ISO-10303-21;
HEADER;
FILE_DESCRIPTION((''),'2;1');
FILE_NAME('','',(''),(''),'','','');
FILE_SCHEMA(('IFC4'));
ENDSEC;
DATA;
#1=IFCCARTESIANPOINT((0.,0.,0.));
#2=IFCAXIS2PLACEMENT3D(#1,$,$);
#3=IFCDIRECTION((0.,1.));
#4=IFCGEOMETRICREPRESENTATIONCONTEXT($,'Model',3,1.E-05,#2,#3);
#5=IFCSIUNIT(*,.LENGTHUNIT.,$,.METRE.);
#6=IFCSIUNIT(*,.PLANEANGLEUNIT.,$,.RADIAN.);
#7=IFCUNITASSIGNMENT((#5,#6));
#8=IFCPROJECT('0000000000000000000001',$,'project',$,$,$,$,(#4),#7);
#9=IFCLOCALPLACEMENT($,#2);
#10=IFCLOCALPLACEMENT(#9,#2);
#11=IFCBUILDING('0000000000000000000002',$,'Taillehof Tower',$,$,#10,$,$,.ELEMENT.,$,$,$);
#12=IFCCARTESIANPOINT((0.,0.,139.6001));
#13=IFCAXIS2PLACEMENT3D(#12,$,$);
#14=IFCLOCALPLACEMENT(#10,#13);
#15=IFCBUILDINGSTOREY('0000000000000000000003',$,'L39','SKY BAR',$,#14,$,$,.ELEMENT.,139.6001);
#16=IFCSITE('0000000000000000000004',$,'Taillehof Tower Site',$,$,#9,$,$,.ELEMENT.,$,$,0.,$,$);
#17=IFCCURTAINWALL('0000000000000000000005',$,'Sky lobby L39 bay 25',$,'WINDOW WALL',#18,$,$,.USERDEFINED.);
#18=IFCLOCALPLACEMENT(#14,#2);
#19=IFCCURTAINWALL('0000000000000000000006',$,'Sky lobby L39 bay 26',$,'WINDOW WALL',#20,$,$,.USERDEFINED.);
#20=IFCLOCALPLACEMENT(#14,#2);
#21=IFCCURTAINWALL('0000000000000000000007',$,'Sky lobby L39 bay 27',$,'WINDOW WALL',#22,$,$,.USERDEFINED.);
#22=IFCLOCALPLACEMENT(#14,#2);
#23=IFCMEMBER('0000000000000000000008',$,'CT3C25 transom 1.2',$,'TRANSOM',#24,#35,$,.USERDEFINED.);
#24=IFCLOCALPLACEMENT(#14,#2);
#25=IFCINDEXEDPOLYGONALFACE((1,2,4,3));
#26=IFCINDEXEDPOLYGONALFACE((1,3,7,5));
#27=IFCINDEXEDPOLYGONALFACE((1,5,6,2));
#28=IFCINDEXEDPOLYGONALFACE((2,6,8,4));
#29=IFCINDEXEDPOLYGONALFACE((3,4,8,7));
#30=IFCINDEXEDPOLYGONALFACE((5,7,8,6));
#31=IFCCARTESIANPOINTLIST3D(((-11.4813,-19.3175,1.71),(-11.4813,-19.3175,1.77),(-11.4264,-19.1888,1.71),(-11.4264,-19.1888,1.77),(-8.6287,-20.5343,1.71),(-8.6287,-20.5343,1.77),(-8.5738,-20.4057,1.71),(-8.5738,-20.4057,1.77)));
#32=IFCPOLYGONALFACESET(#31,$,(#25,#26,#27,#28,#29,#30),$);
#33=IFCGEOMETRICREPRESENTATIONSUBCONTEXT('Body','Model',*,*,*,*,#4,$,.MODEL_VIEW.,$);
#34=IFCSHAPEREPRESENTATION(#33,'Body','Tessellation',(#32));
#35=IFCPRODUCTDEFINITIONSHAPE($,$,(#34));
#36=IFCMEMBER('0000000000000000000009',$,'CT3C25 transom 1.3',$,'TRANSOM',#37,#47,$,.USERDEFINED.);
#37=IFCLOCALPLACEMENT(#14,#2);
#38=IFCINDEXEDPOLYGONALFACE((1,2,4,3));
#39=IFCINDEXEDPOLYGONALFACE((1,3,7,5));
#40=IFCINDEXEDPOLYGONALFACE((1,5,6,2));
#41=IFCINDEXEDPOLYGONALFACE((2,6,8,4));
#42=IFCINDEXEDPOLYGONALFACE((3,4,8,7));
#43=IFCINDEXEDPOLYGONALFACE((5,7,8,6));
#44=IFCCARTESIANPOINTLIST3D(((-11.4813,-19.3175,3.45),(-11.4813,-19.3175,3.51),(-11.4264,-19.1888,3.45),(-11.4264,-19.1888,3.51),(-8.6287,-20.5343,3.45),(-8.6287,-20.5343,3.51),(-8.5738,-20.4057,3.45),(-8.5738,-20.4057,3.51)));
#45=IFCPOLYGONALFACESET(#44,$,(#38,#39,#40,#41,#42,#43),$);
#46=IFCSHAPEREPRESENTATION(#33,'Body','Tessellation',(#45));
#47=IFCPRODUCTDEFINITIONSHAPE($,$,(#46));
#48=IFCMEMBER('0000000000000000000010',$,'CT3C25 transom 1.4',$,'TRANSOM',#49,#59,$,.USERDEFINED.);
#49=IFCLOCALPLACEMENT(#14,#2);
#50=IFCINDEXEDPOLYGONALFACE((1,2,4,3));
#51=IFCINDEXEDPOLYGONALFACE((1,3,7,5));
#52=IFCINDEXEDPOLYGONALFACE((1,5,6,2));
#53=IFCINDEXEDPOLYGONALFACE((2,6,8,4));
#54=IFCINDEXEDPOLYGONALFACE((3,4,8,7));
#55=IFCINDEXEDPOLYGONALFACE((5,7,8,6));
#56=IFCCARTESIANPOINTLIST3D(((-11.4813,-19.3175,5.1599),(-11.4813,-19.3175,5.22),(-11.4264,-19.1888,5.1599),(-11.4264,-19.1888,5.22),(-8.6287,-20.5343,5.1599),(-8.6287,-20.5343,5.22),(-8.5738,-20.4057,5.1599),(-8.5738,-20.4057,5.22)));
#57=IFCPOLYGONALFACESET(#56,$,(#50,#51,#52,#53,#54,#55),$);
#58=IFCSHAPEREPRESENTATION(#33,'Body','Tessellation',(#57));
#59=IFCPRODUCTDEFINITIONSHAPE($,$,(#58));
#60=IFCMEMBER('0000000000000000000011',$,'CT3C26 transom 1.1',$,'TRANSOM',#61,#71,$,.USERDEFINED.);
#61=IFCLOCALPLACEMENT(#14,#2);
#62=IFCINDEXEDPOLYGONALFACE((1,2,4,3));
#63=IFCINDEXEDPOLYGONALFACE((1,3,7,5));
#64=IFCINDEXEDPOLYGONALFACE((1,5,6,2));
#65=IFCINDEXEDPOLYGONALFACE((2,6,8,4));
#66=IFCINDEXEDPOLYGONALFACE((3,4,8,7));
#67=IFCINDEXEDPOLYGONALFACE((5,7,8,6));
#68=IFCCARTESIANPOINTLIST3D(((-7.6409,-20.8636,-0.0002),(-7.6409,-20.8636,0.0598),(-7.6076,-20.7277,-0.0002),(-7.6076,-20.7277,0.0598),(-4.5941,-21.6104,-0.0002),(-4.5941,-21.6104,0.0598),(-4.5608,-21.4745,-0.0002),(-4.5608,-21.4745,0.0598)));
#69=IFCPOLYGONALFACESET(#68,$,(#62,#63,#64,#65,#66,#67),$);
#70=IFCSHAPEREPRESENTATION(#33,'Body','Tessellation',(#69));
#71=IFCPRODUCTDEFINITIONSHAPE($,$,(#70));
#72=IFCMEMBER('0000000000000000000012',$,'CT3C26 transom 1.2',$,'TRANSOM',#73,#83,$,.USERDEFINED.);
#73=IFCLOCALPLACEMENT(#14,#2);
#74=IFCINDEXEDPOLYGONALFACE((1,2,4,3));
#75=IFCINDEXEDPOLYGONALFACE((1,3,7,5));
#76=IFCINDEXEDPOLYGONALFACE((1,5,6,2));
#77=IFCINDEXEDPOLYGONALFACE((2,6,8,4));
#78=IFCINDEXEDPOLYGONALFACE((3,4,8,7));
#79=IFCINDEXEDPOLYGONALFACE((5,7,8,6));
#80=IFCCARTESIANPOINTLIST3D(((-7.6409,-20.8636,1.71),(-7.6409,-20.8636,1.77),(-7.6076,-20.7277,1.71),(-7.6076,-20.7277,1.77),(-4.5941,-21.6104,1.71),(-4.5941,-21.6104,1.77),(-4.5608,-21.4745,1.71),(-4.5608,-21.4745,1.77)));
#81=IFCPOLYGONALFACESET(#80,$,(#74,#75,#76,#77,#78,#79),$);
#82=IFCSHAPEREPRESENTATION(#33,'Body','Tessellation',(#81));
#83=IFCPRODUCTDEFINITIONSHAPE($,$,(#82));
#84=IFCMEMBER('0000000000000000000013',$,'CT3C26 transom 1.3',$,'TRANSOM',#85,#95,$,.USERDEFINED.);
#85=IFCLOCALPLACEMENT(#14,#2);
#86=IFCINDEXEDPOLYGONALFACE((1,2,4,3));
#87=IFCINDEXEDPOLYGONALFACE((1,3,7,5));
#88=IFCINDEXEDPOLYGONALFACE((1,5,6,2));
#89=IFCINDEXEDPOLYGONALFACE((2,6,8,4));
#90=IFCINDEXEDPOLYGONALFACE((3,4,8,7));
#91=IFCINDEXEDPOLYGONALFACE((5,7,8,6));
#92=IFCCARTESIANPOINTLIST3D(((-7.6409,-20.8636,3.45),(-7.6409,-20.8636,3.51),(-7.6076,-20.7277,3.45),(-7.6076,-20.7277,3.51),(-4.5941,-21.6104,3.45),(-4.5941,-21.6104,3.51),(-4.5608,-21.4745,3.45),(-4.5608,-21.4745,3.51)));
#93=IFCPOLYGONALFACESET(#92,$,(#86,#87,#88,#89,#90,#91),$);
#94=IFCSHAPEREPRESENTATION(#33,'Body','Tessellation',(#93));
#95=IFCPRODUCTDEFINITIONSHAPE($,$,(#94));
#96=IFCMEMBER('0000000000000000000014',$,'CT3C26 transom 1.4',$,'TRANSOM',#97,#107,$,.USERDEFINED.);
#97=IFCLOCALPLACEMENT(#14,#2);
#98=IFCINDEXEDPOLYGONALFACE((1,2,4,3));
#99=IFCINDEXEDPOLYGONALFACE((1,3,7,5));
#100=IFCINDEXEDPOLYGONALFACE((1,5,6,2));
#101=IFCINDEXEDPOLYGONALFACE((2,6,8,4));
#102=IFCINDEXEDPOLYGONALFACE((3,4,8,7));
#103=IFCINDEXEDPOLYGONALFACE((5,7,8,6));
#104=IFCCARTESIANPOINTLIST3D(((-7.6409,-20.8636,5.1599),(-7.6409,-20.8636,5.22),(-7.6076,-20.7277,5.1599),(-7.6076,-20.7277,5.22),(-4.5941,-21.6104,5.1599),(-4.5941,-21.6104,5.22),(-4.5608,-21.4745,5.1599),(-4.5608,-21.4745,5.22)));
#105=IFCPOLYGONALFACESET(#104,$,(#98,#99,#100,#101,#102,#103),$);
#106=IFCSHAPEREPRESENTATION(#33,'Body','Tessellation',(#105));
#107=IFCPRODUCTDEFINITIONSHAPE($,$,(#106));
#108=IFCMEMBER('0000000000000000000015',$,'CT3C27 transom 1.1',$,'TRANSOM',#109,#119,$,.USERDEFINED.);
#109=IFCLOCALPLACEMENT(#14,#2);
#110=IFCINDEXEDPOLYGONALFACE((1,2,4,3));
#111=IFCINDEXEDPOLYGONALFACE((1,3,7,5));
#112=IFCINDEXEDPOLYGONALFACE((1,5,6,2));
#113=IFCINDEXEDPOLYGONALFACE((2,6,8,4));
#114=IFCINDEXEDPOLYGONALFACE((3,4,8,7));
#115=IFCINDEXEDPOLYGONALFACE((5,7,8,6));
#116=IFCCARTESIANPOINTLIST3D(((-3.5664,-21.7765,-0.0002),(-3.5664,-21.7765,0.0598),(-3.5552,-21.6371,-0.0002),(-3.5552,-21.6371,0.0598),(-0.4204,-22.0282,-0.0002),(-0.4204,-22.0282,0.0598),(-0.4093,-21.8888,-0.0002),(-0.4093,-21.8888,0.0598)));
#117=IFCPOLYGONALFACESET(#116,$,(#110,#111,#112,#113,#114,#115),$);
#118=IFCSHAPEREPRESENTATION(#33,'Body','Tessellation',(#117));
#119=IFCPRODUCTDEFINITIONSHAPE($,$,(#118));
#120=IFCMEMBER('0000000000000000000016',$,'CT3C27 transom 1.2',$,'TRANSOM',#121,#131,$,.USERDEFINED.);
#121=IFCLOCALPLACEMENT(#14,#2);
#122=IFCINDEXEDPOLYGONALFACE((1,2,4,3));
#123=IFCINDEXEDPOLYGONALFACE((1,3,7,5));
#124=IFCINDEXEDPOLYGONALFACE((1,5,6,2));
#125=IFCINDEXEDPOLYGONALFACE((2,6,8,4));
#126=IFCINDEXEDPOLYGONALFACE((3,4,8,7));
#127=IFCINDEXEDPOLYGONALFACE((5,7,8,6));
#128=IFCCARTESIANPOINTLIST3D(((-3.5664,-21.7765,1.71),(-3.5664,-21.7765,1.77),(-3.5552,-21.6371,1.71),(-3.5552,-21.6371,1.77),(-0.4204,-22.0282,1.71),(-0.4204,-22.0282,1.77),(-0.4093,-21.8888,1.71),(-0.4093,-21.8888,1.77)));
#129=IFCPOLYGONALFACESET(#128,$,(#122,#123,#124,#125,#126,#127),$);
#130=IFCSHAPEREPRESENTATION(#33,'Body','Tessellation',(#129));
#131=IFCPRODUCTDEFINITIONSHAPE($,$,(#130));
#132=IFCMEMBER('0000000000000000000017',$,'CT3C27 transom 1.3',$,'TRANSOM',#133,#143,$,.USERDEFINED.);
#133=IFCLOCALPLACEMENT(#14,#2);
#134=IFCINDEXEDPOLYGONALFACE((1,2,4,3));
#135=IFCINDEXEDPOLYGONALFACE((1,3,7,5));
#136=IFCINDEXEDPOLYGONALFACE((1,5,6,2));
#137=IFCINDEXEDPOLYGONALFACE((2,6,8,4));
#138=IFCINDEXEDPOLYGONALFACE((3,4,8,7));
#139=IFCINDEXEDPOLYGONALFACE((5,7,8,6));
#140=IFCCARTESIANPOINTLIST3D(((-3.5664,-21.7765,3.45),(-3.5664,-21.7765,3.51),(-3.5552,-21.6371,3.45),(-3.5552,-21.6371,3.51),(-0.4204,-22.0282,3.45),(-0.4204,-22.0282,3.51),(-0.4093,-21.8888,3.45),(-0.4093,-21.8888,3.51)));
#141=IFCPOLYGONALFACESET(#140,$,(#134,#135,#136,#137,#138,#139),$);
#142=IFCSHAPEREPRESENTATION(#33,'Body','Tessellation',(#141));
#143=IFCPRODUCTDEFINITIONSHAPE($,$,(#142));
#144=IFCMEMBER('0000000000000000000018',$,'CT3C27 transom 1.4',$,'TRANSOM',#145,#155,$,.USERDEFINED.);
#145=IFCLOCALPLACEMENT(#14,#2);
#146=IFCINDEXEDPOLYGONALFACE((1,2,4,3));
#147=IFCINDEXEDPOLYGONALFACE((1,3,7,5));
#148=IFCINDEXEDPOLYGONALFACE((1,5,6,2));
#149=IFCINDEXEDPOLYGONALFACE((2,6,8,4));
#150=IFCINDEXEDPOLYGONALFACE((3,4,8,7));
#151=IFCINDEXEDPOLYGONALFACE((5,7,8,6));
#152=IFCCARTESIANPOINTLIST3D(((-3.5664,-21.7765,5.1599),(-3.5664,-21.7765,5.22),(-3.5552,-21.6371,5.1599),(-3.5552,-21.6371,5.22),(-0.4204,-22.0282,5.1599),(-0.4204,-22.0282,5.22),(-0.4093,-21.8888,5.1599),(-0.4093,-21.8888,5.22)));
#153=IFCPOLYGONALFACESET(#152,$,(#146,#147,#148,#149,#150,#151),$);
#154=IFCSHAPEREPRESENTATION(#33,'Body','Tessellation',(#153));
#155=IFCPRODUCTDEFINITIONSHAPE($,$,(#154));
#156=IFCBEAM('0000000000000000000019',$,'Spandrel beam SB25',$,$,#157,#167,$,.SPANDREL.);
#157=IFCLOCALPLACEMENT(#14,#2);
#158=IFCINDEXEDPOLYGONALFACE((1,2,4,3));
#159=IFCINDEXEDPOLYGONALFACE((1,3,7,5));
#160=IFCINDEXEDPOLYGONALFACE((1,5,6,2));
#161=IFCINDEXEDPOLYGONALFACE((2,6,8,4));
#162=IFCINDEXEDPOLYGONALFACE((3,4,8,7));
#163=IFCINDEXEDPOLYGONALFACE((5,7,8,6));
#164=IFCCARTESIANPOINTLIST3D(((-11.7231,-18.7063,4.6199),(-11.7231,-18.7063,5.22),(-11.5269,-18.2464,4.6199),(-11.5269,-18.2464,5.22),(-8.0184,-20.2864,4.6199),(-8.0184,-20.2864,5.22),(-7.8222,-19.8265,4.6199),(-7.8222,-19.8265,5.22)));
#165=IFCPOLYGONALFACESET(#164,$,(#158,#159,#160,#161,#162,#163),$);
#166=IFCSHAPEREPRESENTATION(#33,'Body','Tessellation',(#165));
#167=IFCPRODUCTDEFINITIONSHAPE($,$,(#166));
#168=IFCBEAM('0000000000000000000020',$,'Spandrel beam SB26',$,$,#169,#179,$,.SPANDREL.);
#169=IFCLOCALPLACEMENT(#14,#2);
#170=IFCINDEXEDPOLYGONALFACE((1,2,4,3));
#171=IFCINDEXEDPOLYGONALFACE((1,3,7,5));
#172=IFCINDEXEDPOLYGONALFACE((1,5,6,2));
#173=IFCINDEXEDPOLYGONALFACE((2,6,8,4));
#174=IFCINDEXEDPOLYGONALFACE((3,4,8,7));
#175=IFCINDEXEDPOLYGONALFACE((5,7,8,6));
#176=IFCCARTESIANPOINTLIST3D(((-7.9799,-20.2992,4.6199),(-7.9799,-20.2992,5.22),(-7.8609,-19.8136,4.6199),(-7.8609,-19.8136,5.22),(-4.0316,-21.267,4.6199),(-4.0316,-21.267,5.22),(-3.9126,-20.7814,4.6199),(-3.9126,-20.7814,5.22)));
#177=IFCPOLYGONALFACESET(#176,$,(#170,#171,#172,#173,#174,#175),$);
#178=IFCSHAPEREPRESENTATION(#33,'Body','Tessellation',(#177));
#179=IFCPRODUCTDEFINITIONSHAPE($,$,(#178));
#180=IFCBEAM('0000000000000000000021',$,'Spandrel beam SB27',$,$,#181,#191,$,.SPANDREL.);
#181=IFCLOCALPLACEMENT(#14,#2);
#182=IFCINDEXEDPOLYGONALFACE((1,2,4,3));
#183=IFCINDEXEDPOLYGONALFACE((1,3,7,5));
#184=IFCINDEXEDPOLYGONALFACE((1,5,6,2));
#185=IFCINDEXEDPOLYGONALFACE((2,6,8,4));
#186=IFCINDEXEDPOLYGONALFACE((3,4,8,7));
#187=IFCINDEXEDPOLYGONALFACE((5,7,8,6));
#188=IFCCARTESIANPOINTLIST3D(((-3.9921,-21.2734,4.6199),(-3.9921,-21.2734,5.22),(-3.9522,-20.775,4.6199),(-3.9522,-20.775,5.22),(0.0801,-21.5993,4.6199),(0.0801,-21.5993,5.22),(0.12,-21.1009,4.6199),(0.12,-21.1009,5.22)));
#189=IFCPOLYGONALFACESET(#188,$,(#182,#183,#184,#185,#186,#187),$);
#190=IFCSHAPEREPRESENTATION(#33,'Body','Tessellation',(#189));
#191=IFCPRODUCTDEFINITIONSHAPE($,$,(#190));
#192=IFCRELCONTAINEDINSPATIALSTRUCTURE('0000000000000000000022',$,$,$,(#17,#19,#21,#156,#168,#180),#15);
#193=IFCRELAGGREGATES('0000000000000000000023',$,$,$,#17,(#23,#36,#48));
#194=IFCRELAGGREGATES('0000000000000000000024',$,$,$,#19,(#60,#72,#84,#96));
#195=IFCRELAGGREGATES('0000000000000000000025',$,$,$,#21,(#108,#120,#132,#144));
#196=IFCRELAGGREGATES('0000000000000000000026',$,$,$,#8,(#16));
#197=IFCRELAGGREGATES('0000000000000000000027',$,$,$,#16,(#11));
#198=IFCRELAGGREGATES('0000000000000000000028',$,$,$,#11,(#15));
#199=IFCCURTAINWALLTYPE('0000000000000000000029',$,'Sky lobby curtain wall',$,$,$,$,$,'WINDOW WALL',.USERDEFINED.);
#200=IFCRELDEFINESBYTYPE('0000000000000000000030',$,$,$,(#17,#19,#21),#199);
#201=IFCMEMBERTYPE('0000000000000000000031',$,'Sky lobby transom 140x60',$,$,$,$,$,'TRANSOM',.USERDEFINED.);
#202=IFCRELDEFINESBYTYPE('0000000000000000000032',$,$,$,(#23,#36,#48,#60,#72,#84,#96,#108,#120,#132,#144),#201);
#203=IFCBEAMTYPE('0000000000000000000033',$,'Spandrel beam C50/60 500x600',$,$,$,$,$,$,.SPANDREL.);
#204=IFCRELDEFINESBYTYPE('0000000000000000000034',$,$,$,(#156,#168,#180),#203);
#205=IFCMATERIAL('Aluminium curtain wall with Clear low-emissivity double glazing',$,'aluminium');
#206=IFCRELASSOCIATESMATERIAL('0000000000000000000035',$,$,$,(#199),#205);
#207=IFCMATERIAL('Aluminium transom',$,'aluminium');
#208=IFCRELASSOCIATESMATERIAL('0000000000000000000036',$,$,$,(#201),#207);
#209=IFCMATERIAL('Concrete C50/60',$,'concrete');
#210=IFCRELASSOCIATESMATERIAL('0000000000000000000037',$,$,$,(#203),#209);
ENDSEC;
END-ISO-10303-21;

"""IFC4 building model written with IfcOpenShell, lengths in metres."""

from ifc_helpers import new_model, si_unit, direction, frame, origin, origin_2d, place, context, subcontext, project, spatial, rectangle, extrude, material, material_profile, profile_set, type_object, element, aggregate, save


model = new_model("IFC4")

# Units and contexts
model_context = context("Model", 3, precision=1e-05, world=origin(), true_north=direction((0.0, 1.0)))
body_context = subcontext(model_context, "Body", "Model", "MODEL_VIEW")
ifc_project = project(units=[si_unit("LENGTHUNIT", "METRE"), si_unit("PLANEANGLEUNIT", "RADIAN")], contexts=[model_context])

# Site, building, storey
site_placement = place(None, origin())
site = spatial("IfcSite", under=ifc_project, at=site_placement, Name="Taillehof Tower Site", CompositionType="ELEMENT", RefElevation=0.0)
building_placement = place(site_placement, origin())
building = spatial("IfcBuilding", under=site, at=building_placement, Name="Taillehof Tower", CompositionType="ELEMENT")
storey_placement = place(building_placement, frame((0.0, 0.0, 139.6001)))
storey = spatial("IfcBuildingStorey", under=building, at=storey_placement, Name="L39", Description="SKY BAR", CompositionType="ELEMENT", Elevation=139.6001)

# Shared definitions
ifc_material_1 = material(Name="Aluminium curtain wall with Clear low-emissivity double glazing", Category="aluminium")
curtain_wall_type = type_object("IfcCurtainWallType", Name="Sky lobby curtain wall", ElementType="WINDOW WALL", PredefinedType="USERDEFINED", material=ifc_material_1)

# Curtain walls
curtain_wall_1_placement = place(storey_placement, origin())
curtain_wall_1 = element("IfcCurtainWall", 1, at=curtain_wall_1_placement, inside=storey, type_object=curtain_wall_type, Name="Sky lobby L39 bay 25", ObjectType="WINDOW WALL", PredefinedType="USERDEFINED")
curtain_wall_2_placement = place(storey_placement, origin())
curtain_wall_2 = element("IfcCurtainWall", 2, at=curtain_wall_2_placement, inside=storey, type_object=curtain_wall_type, Name="Sky lobby L39 bay 26", ObjectType="WINDOW WALL", PredefinedType="USERDEFINED")
curtain_wall_3_placement = place(storey_placement, origin())
curtain_wall_3 = element("IfcCurtainWall", 3, at=curtain_wall_3_placement, inside=storey, type_object=curtain_wall_type, Name="Sky lobby L39 bay 27", ObjectType="WINDOW WALL", PredefinedType="USERDEFINED")

# Members
ifc_material_2 = material(Name="Aluminium transom", Category="aluminium")
ifc_material_profile_1 = material_profile(ifc_material_2, rectangle(XDim=0.1399, YDim=0.0601, at=origin_2d()), Name="AL 140x60")
ifc_profile_set_1 = profile_set([ifc_material_profile_1], Name="Aluminium transom")
member_type_1 = type_object("IfcMemberType", Name="Sky lobby transom 140x60", ElementType="TRANSOM", PredefinedType="USERDEFINED", material=ifc_profile_set_1)
member_1_placement = place(storey_placement, frame((-11.4539, -19.2532, 1.74), z_axis=(0.919812, -0.392361, 0.0), x_axis=(0.392361, 0.919812, 0.0)))
member_1 = element("IfcMember", 4, at=member_1_placement, type_object=member_type_1, Name="CT3C25 transom 1.2", ObjectType="TRANSOM", PredefinedType="USERDEFINED", context=body_context, shape_type="SweptSolid", body=[
    extrude(rectangle(XDim=0.1399, YDim=0.0601, at=origin_2d()), origin(), (0.0, 0.0, 1.0), 3.1013),
])
member_2_placement = place(storey_placement, frame((-11.4539, -19.2532, 3.48), z_axis=(0.919812, -0.392361, 0.0), x_axis=(0.392361, 0.919812, 0.0)))
member_2 = element("IfcMember", 5, at=member_2_placement, type_object=member_type_1, Name="CT3C25 transom 1.3", ObjectType="TRANSOM", PredefinedType="USERDEFINED", context=body_context, shape_type="SweptSolid", body=[
    extrude(rectangle(XDim=0.1399, YDim=0.0601, at=origin_2d()), origin(), (0.0, 0.0, 1.0), 3.1013),
])
member_3_placement = place(storey_placement, frame((-11.4539, -19.2532, 5.1899), z_axis=(0.919812, -0.392361, 0.0), x_axis=(0.392361, 0.919812, 0.0)))
member_3 = element("IfcMember", 6, at=member_3_placement, type_object=member_type_1, Name="CT3C25 transom 1.4", ObjectType="TRANSOM", PredefinedType="USERDEFINED", context=body_context, shape_type="SweptSolid", body=[
    extrude(rectangle(XDim=0.1399, YDim=0.0601, at=origin_2d()), origin(), (0.0, 0.0, 1.0), 3.1013),
])
member_4_placement = place(storey_placement, frame((-7.6243, -20.7957, 0.0298), z_axis=(0.971249, -0.238065, 0.0), x_axis=(0.238065, 0.971249, 0.0)))
member_4 = element("IfcMember", 7, at=member_4_placement, type_object=member_type_1, Name="CT3C26 transom 1.1", ObjectType="TRANSOM", PredefinedType="USERDEFINED", context=body_context, shape_type="SweptSolid", body=[
    extrude(rectangle(XDim=0.1399, YDim=0.0601, at=origin_2d()), origin(), (0.0, 0.0, 1.0), 3.137),
])
member_5_placement = place(storey_placement, frame((-7.6243, -20.7957, 1.74), z_axis=(0.971249, -0.238065, 0.0), x_axis=(0.238065, 0.971249, 0.0)))
member_5 = element("IfcMember", 8, at=member_5_placement, type_object=member_type_1, Name="CT3C26 transom 1.2", ObjectType="TRANSOM", PredefinedType="USERDEFINED", context=body_context, shape_type="SweptSolid", body=[
    extrude(rectangle(XDim=0.1399, YDim=0.0601, at=origin_2d()), origin(), (0.0, 0.0, 1.0), 3.137),
])
member_6_placement = place(storey_placement, frame((-7.6243, -20.7957, 3.48), z_axis=(0.971249, -0.238065, 0.0), x_axis=(0.238065, 0.971249, 0.0)))
member_6 = element("IfcMember", 9, at=member_6_placement, type_object=member_type_1, Name="CT3C26 transom 1.3", ObjectType="TRANSOM", PredefinedType="USERDEFINED", context=body_context, shape_type="SweptSolid", body=[
    extrude(rectangle(XDim=0.1399, YDim=0.0601, at=origin_2d()), origin(), (0.0, 0.0, 1.0), 3.137),
])
member_7_placement = place(storey_placement, frame((-7.6243, -20.7957, 5.1899), z_axis=(0.971249, -0.238065, 0.0), x_axis=(0.238065, 0.971249, 0.0)))
member_7 = element("IfcMember", 10, at=member_7_placement, type_object=member_type_1, Name="CT3C26 transom 1.4", ObjectType="TRANSOM", PredefinedType="USERDEFINED", context=body_context, shape_type="SweptSolid", body=[
    extrude(rectangle(XDim=0.1399, YDim=0.0601, at=origin_2d()), origin(), (0.0, 0.0, 1.0), 3.137),
])
member_8_placement = place(storey_placement, frame((-3.5608, -21.7068, 0.0298), z_axis=(0.996815, -0.079754, 0.0), x_axis=(0.079754, 0.996815, 0.0)))
member_8 = element("IfcMember", 11, at=member_8_placement, type_object=member_type_1, Name="CT3C27 transom 1.1", ObjectType="TRANSOM", PredefinedType="USERDEFINED", context=body_context, shape_type="SweptSolid", body=[
    extrude(rectangle(XDim=0.1399, YDim=0.0601, at=origin_2d()), origin(), (0.0, 0.0, 1.0), 3.156),
])
member_9_placement = place(storey_placement, frame((-3.5608, -21.7068, 1.74), z_axis=(0.996815, -0.079754, 0.0), x_axis=(0.079754, 0.996815, 0.0)))
member_9 = element("IfcMember", 12, at=member_9_placement, type_object=member_type_1, Name="CT3C27 transom 1.2", ObjectType="TRANSOM", PredefinedType="USERDEFINED", context=body_context, shape_type="SweptSolid", body=[
    extrude(rectangle(XDim=0.1399, YDim=0.0601, at=origin_2d()), origin(), (0.0, 0.0, 1.0), 3.156),
])
member_10_placement = place(storey_placement, frame((-3.5608, -21.7068, 3.48), z_axis=(0.996815, -0.079754, 0.0), x_axis=(0.079754, 0.996815, 0.0)))
member_10 = element("IfcMember", 13, at=member_10_placement, type_object=member_type_1, Name="CT3C27 transom 1.3", ObjectType="TRANSOM", PredefinedType="USERDEFINED", context=body_context, shape_type="SweptSolid", body=[
    extrude(rectangle(XDim=0.1399, YDim=0.0601, at=origin_2d()), origin(), (0.0, 0.0, 1.0), 3.156),
])
member_11_placement = place(storey_placement, frame((-3.5608, -21.7068, 5.1899), z_axis=(0.996815, -0.079754, 0.0), x_axis=(0.079754, 0.996815, 0.0)))
member_11 = element("IfcMember", 14, at=member_11_placement, type_object=member_type_1, Name="CT3C27 transom 1.4", ObjectType="TRANSOM", PredefinedType="USERDEFINED", context=body_context, shape_type="SweptSolid", body=[
    extrude(rectangle(XDim=0.1399, YDim=0.0601, at=origin_2d()), origin(), (0.0, 0.0, 1.0), 3.156),
])

# Beams
ifc_material_3 = material(Name="Concrete C50/60", Category="concrete")
ifc_material_profile_2 = material_profile(ifc_material_3, rectangle(XDim=0.5, YDim=0.6001, at=origin_2d()), Name="RC 500x600")
ifc_profile_set_2 = profile_set([ifc_material_profile_2], Name="Concrete C50/60")
beam_type_1 = type_object("IfcBeamType", Name="Spandrel beam C50/60 500x600", PredefinedType="SPANDREL", material=ifc_profile_set_2)
beam_1_placement = place(storey_placement, frame((-11.625, -18.4763, 4.9199), z_axis=(0.919827, -0.392324, 0.0), x_axis=(0.392324, 0.919827, 0.0)))
element("IfcBeam", 15, at=beam_1_placement, inside=storey, type_object=beam_type_1, Name="Spandrel beam SB25", PredefinedType="SPANDREL", context=body_context, shape_type="SweptSolid", body=[
    extrude(rectangle(XDim=0.5, YDim=0.6001, at=origin_2d()), origin(), (0.0, 0.0, 1.0), 4.0276),
])
beam_2_placement = place(storey_placement, frame((-7.9204, -20.0564, 4.9199), z_axis=(0.971249, -0.238068, 0.0), x_axis=(0.238068, 0.971249, 0.0)))
element("IfcBeam", 16, at=beam_2_placement, inside=storey, type_object=beam_type_1, Name="Spandrel beam SB26", PredefinedType="SPANDREL", context=body_context, shape_type="SweptSolid", body=[
    extrude(rectangle(XDim=0.5, YDim=0.6001, at=origin_2d()), origin(), (0.0, 0.0, 1.0), 4.0652),
])
beam_3_placement = place(storey_placement, frame((-3.9722, -21.0242, 4.9199), z_axis=(0.996812, -0.079781, 0.0), x_axis=(0.079781, 0.996812, 0.0)))
element("IfcBeam", 17, at=beam_3_placement, inside=storey, type_object=beam_type_1, Name="Spandrel beam SB27", PredefinedType="SPANDREL", context=body_context, shape_type="SweptSolid", body=[
    extrude(rectangle(XDim=0.5, YDim=0.6001, at=origin_2d()), origin(), (0.0, 0.0, 1.0), 4.0852),
])

aggregate(curtain_wall_1, [member_1, member_2, member_3])
aggregate(curtain_wall_2, [member_4, member_5, member_6, member_7])
aggregate(curtain_wall_3, [member_8, member_9, member_10, member_11])

save(model, "model.ifc")
